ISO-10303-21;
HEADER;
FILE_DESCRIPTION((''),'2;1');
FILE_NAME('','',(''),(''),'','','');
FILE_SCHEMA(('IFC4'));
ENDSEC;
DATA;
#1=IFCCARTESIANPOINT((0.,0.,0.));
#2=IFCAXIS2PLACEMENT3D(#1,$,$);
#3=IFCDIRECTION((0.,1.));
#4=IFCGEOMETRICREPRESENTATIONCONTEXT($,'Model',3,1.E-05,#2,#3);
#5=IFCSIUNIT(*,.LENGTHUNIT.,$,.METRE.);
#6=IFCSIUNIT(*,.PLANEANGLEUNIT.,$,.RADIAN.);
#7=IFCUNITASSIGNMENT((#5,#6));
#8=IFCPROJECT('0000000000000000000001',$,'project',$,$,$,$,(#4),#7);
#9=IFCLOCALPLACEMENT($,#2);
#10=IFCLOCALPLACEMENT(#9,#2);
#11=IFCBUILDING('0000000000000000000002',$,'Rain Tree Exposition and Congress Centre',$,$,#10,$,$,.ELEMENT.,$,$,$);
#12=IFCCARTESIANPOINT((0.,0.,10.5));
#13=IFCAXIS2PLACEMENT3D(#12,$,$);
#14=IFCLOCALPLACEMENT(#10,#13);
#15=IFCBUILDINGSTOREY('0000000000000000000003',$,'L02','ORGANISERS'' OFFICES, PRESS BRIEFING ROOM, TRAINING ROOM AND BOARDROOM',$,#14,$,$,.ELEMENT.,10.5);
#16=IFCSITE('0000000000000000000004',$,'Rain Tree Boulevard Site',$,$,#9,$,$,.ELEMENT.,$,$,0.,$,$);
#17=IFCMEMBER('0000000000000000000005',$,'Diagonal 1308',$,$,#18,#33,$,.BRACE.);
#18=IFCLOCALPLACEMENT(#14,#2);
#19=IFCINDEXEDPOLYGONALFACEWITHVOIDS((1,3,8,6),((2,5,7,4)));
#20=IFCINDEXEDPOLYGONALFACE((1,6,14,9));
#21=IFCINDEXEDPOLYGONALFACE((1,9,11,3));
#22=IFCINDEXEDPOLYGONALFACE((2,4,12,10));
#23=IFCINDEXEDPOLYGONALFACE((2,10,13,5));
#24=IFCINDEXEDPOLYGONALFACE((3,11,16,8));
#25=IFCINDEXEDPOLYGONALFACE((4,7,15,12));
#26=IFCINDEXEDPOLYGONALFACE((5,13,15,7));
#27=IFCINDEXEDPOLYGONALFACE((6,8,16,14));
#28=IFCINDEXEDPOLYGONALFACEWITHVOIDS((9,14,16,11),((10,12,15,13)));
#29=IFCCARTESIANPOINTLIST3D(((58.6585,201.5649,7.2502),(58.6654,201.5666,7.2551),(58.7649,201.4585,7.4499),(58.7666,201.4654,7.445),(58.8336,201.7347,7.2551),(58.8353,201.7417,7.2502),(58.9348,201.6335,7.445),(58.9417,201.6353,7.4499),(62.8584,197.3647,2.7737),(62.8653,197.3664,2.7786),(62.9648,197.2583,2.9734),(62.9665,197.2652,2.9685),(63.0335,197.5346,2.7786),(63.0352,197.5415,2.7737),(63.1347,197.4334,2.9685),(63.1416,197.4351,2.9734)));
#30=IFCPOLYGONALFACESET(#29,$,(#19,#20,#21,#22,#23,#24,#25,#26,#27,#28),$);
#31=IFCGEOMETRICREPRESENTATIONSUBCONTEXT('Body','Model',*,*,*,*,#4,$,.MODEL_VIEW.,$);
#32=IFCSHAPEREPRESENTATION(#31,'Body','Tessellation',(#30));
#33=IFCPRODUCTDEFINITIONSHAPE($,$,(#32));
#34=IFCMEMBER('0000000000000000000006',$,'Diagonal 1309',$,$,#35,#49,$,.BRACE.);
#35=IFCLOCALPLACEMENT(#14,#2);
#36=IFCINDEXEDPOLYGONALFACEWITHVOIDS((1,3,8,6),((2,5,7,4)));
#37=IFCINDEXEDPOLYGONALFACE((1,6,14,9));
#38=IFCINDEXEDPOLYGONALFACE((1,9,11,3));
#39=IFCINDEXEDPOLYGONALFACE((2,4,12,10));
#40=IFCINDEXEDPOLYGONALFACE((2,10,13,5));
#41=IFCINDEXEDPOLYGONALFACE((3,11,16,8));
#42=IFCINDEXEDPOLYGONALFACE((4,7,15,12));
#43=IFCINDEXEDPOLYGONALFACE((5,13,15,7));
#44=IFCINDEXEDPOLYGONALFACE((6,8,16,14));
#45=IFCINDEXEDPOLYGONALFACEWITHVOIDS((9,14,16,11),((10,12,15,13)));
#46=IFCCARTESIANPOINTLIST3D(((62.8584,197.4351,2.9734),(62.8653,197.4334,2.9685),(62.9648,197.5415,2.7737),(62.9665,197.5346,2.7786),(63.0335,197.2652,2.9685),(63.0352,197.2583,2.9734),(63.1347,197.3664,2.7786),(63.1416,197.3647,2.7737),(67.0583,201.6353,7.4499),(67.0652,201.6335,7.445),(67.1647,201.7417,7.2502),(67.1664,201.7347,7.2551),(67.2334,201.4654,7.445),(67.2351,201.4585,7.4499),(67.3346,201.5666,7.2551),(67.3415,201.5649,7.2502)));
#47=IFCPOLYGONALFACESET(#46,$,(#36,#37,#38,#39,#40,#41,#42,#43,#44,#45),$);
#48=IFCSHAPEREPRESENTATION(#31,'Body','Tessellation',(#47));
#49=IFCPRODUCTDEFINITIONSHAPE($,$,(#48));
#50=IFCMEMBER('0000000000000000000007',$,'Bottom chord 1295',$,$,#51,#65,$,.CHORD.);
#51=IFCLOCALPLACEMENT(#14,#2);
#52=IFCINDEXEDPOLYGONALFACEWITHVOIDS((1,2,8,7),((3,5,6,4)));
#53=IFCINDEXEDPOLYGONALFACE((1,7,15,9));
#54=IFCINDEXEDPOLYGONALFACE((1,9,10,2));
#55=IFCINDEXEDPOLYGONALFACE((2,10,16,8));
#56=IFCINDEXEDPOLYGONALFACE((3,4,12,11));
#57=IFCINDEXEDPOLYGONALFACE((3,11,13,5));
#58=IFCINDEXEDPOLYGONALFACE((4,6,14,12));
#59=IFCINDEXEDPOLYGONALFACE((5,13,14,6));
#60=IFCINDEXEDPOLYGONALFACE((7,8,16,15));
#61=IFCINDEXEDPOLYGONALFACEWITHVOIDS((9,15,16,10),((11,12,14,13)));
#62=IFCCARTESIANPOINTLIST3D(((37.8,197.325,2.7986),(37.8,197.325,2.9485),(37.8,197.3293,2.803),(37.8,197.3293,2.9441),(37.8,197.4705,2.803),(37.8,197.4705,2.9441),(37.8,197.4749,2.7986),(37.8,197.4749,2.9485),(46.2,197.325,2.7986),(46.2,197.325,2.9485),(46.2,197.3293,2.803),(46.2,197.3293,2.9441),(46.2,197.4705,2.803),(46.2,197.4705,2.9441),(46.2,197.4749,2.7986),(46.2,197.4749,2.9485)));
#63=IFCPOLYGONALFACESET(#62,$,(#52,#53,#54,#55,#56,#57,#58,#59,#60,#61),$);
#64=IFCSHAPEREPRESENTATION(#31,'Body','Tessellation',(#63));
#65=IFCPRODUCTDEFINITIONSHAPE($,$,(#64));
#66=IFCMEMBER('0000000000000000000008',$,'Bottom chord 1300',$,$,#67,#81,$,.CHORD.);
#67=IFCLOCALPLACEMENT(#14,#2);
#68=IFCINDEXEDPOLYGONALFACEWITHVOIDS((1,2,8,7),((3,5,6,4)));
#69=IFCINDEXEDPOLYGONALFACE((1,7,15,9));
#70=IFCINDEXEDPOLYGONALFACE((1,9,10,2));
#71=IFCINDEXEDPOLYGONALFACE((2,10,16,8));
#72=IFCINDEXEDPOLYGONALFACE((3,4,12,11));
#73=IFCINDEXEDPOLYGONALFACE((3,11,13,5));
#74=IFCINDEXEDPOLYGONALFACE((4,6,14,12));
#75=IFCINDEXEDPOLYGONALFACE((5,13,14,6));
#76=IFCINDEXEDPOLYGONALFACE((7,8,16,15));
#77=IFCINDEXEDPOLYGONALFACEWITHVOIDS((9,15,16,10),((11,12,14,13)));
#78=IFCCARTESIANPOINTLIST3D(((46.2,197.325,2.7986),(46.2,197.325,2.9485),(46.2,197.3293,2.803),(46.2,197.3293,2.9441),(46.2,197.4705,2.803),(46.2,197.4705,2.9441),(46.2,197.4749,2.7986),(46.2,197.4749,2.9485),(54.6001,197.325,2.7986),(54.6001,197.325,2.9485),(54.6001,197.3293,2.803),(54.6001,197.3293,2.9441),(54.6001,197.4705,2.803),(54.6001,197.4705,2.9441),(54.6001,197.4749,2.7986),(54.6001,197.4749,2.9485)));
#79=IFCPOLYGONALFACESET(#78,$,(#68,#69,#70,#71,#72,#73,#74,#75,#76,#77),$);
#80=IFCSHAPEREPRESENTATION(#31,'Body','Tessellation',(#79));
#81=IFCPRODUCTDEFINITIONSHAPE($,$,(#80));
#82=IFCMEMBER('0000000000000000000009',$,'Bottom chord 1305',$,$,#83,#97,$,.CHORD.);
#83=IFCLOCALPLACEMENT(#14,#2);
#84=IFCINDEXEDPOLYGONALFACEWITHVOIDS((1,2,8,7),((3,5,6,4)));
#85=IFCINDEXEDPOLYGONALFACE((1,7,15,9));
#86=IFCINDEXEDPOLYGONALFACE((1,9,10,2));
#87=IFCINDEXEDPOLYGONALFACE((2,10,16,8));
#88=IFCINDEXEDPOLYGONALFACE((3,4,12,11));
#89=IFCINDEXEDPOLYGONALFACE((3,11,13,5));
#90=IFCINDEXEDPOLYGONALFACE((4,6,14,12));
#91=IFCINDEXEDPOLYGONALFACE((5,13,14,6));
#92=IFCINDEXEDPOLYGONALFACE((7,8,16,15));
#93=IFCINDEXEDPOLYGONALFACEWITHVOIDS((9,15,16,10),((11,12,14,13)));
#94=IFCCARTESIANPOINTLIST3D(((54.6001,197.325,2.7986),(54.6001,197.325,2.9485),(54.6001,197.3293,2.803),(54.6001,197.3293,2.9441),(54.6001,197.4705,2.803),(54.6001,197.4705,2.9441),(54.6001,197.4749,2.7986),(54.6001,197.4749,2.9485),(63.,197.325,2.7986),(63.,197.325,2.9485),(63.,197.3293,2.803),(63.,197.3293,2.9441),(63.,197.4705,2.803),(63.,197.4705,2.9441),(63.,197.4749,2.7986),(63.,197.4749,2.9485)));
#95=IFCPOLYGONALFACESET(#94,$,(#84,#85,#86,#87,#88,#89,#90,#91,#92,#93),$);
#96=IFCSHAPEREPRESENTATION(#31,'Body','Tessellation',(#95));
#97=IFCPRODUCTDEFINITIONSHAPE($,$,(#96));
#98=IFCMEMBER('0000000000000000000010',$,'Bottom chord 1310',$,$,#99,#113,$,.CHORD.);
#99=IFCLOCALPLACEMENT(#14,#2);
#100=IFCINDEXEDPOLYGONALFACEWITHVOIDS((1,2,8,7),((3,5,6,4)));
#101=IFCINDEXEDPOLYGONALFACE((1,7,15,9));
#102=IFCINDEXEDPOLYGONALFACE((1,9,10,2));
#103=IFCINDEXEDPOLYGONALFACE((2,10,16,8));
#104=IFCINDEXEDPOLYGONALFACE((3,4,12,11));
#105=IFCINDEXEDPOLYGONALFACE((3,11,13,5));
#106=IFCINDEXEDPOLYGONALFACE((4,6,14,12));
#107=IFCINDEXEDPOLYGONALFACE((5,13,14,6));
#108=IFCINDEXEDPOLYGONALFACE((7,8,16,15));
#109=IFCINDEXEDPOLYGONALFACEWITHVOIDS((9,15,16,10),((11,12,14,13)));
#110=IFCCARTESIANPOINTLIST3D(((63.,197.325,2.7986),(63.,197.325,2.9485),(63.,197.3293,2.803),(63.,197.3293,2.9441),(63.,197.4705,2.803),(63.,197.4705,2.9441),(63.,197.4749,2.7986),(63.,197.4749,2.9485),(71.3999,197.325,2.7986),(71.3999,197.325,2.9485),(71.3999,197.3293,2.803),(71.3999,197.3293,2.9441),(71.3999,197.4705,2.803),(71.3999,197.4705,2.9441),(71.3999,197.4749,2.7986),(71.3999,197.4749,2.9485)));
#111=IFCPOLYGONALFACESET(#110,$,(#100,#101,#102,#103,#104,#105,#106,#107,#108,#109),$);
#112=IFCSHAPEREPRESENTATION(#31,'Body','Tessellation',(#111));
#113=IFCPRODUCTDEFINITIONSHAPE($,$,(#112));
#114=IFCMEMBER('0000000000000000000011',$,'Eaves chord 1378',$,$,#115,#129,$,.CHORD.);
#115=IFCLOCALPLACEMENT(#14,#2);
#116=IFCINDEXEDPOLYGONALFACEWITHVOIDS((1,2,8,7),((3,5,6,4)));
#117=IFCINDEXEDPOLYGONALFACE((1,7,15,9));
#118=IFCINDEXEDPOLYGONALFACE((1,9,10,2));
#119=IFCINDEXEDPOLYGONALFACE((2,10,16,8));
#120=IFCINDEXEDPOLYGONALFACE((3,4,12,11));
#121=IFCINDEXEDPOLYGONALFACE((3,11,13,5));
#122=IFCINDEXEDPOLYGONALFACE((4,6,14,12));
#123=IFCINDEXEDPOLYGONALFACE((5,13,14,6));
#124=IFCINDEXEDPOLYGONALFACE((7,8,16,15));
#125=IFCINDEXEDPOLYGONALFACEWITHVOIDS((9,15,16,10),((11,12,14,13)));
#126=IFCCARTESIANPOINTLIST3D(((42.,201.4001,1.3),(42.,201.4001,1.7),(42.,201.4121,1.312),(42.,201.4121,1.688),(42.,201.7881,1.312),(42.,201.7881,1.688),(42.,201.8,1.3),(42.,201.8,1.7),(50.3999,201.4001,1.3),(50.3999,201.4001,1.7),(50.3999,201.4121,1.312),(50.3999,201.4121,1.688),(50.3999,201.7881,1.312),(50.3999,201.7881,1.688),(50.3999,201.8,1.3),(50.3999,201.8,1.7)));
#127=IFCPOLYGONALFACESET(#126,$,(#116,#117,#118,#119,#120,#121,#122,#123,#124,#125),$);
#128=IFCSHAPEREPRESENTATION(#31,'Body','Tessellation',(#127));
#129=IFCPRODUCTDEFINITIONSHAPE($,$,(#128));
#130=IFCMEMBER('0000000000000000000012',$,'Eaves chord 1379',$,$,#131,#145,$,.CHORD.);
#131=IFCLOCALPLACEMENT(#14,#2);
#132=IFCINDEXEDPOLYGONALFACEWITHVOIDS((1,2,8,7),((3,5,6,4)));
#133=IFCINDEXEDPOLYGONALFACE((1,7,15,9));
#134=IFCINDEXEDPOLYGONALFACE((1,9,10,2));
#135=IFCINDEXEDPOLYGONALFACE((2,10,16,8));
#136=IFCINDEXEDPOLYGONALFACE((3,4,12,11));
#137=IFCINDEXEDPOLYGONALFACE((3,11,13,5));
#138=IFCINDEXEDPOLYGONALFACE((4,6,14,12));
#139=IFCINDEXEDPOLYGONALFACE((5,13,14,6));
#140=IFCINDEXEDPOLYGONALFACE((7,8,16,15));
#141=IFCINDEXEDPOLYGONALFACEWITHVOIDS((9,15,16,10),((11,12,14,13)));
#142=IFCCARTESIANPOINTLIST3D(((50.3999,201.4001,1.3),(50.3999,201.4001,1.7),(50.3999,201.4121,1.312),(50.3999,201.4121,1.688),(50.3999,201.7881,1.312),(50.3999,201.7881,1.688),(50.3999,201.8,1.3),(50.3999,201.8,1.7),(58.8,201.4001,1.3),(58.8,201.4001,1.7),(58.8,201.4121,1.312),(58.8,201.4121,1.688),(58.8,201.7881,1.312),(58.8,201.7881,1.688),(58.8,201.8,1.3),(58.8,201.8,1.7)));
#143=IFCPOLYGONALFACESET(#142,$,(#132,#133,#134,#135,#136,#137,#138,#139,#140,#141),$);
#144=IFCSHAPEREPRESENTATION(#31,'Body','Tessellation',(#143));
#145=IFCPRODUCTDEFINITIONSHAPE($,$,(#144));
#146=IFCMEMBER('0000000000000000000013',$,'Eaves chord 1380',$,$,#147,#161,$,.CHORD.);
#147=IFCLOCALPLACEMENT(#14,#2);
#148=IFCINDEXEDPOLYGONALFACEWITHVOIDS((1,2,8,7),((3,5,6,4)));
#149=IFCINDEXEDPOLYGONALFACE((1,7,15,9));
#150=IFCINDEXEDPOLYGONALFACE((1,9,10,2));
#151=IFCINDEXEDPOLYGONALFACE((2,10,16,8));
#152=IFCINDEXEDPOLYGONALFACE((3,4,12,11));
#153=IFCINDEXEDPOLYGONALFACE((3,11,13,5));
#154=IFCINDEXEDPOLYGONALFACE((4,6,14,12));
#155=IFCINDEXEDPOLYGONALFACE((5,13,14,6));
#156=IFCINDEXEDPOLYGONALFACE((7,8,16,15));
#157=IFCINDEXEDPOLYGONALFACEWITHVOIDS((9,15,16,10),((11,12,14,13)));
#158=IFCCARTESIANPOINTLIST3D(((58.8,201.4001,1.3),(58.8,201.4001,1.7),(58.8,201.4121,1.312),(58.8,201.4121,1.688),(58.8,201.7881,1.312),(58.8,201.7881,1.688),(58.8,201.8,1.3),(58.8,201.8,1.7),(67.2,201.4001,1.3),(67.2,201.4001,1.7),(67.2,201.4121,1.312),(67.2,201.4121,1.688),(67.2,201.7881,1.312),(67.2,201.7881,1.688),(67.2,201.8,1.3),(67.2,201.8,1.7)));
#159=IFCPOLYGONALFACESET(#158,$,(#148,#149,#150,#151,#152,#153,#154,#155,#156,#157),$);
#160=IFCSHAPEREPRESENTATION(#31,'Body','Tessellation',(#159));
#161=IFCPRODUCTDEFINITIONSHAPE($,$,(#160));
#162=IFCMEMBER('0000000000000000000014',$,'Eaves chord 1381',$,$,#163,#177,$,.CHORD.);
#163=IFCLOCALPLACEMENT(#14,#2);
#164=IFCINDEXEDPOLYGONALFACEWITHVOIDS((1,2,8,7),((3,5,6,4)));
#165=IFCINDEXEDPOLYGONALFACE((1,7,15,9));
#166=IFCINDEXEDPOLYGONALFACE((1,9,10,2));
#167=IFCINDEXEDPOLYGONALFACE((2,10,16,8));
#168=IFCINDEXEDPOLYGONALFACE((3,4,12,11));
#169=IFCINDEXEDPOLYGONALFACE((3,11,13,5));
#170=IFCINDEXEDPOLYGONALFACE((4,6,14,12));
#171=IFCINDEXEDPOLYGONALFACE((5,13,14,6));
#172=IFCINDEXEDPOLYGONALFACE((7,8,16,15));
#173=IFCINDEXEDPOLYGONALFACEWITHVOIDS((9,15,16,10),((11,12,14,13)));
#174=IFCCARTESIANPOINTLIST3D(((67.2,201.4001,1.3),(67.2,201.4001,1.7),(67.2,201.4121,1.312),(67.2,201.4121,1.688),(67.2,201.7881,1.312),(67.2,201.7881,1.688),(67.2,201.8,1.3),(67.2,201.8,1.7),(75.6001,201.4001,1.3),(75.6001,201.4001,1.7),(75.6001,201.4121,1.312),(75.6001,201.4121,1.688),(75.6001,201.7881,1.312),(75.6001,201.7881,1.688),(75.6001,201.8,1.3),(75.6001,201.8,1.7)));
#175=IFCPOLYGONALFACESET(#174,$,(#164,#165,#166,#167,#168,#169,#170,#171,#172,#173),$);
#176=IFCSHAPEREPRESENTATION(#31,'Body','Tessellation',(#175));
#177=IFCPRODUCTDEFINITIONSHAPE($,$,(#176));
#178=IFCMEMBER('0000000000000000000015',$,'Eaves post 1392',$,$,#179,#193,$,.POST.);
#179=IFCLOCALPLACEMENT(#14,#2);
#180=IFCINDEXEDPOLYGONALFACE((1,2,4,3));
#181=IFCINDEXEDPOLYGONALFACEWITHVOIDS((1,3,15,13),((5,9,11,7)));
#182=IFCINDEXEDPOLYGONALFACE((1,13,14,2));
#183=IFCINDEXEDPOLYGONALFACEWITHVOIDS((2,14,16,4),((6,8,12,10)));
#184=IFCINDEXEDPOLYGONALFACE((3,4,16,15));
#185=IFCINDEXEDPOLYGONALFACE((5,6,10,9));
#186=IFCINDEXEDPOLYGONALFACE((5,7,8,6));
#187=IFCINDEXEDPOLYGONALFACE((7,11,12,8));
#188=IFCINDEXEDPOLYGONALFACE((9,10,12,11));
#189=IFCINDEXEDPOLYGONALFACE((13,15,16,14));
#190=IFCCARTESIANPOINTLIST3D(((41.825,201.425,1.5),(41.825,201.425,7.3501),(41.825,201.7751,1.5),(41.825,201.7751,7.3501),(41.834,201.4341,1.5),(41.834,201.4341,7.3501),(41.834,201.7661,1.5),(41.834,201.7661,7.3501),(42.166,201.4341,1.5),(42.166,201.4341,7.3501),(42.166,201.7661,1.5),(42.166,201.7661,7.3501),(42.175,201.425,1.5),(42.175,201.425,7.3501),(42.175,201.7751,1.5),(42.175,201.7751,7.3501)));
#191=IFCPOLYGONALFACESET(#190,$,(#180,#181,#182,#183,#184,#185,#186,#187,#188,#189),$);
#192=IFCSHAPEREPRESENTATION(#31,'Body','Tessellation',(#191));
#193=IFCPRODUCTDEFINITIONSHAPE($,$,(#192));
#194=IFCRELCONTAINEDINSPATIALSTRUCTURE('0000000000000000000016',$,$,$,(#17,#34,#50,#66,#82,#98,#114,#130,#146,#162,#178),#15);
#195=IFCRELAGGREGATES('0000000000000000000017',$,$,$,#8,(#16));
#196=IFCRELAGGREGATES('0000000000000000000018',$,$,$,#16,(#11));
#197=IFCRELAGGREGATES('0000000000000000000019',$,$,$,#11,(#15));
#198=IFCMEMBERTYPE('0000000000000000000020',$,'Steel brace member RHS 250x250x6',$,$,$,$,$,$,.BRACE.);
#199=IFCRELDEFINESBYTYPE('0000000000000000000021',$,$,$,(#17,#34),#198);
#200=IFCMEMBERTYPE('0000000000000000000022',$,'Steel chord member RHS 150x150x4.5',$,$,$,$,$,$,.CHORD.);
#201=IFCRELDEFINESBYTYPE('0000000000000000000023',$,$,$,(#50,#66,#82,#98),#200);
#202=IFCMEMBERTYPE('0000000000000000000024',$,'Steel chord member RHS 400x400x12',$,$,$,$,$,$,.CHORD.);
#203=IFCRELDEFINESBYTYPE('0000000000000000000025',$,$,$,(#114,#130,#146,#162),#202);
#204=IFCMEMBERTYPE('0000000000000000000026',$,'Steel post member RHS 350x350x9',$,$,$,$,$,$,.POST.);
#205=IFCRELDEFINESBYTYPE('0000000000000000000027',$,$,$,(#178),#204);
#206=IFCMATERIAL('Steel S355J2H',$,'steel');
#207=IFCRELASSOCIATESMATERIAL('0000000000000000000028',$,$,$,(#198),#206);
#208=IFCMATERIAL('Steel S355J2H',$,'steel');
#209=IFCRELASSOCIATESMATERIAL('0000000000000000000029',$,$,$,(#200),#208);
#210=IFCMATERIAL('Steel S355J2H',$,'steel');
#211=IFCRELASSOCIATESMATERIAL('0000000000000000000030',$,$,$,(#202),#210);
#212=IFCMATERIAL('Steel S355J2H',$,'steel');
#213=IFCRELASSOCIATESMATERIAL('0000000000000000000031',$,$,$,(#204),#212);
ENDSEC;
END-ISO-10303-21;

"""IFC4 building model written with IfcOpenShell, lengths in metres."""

from ifc_helpers import new_model, si_unit, direction, frame, origin, origin_2d, place, context, subcontext, project, spatial, hollow_rectangle, extrude, material, material_profile, profile_set, type_object, element, save


model = new_model("IFC4")

# Units and contexts
model_context = context("Model", 3, precision=1e-05, world=origin(), true_north=direction((0.0, 1.0)))
body_context = subcontext(model_context, "Body", "Model", "MODEL_VIEW")
ifc_project = project(units=[si_unit("LENGTHUNIT", "METRE"), si_unit("PLANEANGLEUNIT", "RADIAN")], contexts=[model_context])

# Site, building, storey
site_placement = place(None, origin())
site = spatial("IfcSite", under=ifc_project, at=site_placement, Name="Rain Tree Boulevard Site", CompositionType="ELEMENT", RefElevation=0.0)
building_placement = place(site_placement, origin())
building = spatial("IfcBuilding", under=site, at=building_placement, Name="Rain Tree Exposition and Congress Centre", CompositionType="ELEMENT")
storey_placement = place(building_placement, frame((0.0, 0.0, 10.5)))
storey = spatial("IfcBuildingStorey", under=building, at=storey_placement, Name="L02", Description="ORGANISERS' OFFICES, PRESS BRIEFING ROOM, TRAINING ROOM AND BOARDROOM", CompositionType="ELEMENT", Elevation=10.5)

# Members
ifc_material_1 = material(Name="Steel S355J2H", Category="steel")
ifc_material_profile_1 = material_profile(ifc_material_1, hollow_rectangle(XDim=0.25, YDim=0.25, WallThickness=0.0061, at=origin_2d()), Name="RHS 250x250x6")
ifc_profile_set_1 = profile_set([ifc_material_profile_1], Name="Steel S355J2H")
member_type_1 = type_object("IfcMemberType", Name="Steel brace member RHS 250x250x6", PredefinedType="BRACE", material=ifc_profile_set_1)
for number, where, z_axis, x_axis, name in (
    (1, (63.0, 197.3999, 2.8735), (-0.564677, 0.564709, 0.601867), (-0.707127, -0.707086, 0.0), "Diagonal 1308"),
    (2, (63.0, 197.3999, 2.8735), (0.564677, 0.564709, 0.601867), (-0.707127, 0.707086, 0.0), "Diagonal 1309"),
):
    element("IfcMember", number, at=place(storey_placement, frame(where, z_axis=z_axis, x_axis=x_axis)), inside=storey, type_object=member_type_1, Name=name, PredefinedType="BRACE", context=body_context, shape_type="SweptSolid", body=[
        extrude(hollow_rectangle(XDim=0.25, YDim=0.25, WallThickness=0.0061, at=origin_2d()), origin(), (0.0, 0.0, 1.0), 7.4377),
    ])
ifc_material_2 = material(Name="Steel S355J2H", Category="steel")
ifc_material_profile_2 = material_profile(ifc_material_2, hollow_rectangle(XDim=0.1499, YDim=0.1499, WallThickness=0.0044, at=origin_2d()), Name="RHS 150x150x4.5")
ifc_profile_set_2 = profile_set([ifc_material_profile_2], Name="Steel S355J2H")
member_type_2 = type_object("IfcMemberType", Name="Steel chord member RHS 150x150x4.5", PredefinedType="CHORD", material=ifc_profile_set_2)
member_1_placement = place(storey_placement, frame((37.8, 197.3999, 2.8735), z_axis=(1.0, 0.0, 0.0), x_axis=(0.0, 1.0, 0.0)))
element("IfcMember", 3, at=member_1_placement, inside=storey, type_object=member_type_2, Name="Bottom chord 1295", PredefinedType="CHORD", context=body_context, shape_type="SweptSolid", body=[
    extrude(hollow_rectangle(XDim=0.1499, YDim=0.1499, WallThickness=0.0044, at=origin_2d()), origin(), (0.0, 0.0, 1.0), 8.3999),
])
member_2_placement = place(storey_placement, frame((46.2, 197.3999, 2.8735), z_axis=(1.0, 0.0, 0.0), x_axis=(0.0, 1.0, 0.0)))
element("IfcMember", 4, at=member_2_placement, inside=storey, type_object=member_type_2, Name="Bottom chord 1300", PredefinedType="CHORD", context=body_context, shape_type="SweptSolid", body=[
    extrude(hollow_rectangle(XDim=0.1499, YDim=0.1499, WallThickness=0.0044, at=origin_2d()), origin(), (0.0, 0.0, 1.0), 8.4001),
])
for number, where, z_axis, x_axis, name in (
    (5, (54.6001, 197.3999, 2.8735), (1.0, 0.0, 0.0), (0.0, 1.0, 0.0), "Bottom chord 1305"),
    (6, (63.0, 197.3999, 2.8735), (1.0, 0.0, 0.0), (0.0, 1.0, 0.0), "Bottom chord 1310"),
):
    element("IfcMember", number, at=place(storey_placement, frame(where, z_axis=z_axis, x_axis=x_axis)), inside=storey, type_object=member_type_2, Name=name, PredefinedType="CHORD", context=body_context, shape_type="SweptSolid", body=[
        extrude(hollow_rectangle(XDim=0.1499, YDim=0.1499, WallThickness=0.0044, at=origin_2d()), origin(), (0.0, 0.0, 1.0), 8.3999),
    ])
ifc_material_3 = material(Name="Steel S355J2H", Category="steel")
ifc_material_profile_3 = material_profile(ifc_material_3, hollow_rectangle(XDim=0.3999, YDim=0.3999, WallThickness=0.012, at=origin_2d()), Name="RHS 400x400x12")
ifc_profile_set_3 = profile_set([ifc_material_profile_3], Name="Steel S355J2H")
member_type_3 = type_object("IfcMemberType", Name="Steel chord member RHS 400x400x12", PredefinedType="CHORD", material=ifc_profile_set_3)
member_3_placement = place(storey_placement, frame((42.0, 201.6001, 1.5), z_axis=(1.0, 0.0, 0.0), x_axis=(0.0, 1.0, 0.0)))
element("IfcMember", 7, at=member_3_placement, inside=storey, type_object=member_type_3, Name="Eaves chord 1378", PredefinedType="CHORD", context=body_context, shape_type="SweptSolid", body=[
    extrude(hollow_rectangle(XDim=0.3999, YDim=0.3999, WallThickness=0.012, at=origin_2d()), origin(), (0.0, 0.0, 1.0), 8.3999),
])
member_4_placement = place(storey_placement, frame((50.3999, 201.6001, 1.5), z_axis=(1.0, 0.0, 0.0), x_axis=(0.0, 1.0, 0.0)))
element("IfcMember", 8, at=member_4_placement, inside=storey, type_object=member_type_3, Name="Eaves chord 1379", PredefinedType="CHORD", context=body_context, shape_type="SweptSolid", body=[
    extrude(hollow_rectangle(XDim=0.3999, YDim=0.3999, WallThickness=0.012, at=origin_2d()), origin(), (0.0, 0.0, 1.0), 8.4001),
])
member_5_placement = place(storey_placement, frame((58.8, 201.6001, 1.5), z_axis=(1.0, 0.0, 0.0), x_axis=(0.0, 1.0, 0.0)))
element("IfcMember", 9, at=member_5_placement, inside=storey, type_object=member_type_3, Name="Eaves chord 1380", PredefinedType="CHORD", context=body_context, shape_type="SweptSolid", body=[
    extrude(hollow_rectangle(XDim=0.3999, YDim=0.3999, WallThickness=0.012, at=origin_2d()), origin(), (0.0, 0.0, 1.0), 8.3999),
])
member_6_placement = place(storey_placement, frame((67.2, 201.6001, 1.5), z_axis=(1.0, 0.0, 0.0), x_axis=(0.0, 1.0, 0.0)))
element("IfcMember", 10, at=member_6_placement, inside=storey, type_object=member_type_3, Name="Eaves chord 1381", PredefinedType="CHORD", context=body_context, shape_type="SweptSolid", body=[
    extrude(hollow_rectangle(XDim=0.3999, YDim=0.3999, WallThickness=0.012, at=origin_2d()), origin(), (0.0, 0.0, 1.0), 8.4001),
])
ifc_material_4 = material(Name="Steel S355J2H", Category="steel")
ifc_material_profile_4 = material_profile(ifc_material_4, hollow_rectangle(XDim=0.3501, YDim=0.3501, WallThickness=0.009, at=origin_2d()), Name="RHS 350x350x9")
ifc_profile_set_4 = profile_set([ifc_material_profile_4], Name="Steel S355J2H")
member_type_4 = type_object("IfcMemberType", Name="Steel post member RHS 350x350x9", PredefinedType="POST", material=ifc_profile_set_4)
for number, where, z_axis, x_axis, name in (
    (11, (42.0, 201.6001, 1.5), (0.0, 0.0, 1.0), (1.0, 0.0, 0.0), "Eaves post 1392"),
):
    element("IfcMember", number, at=place(storey_placement, frame(where, z_axis=z_axis, x_axis=x_axis)), inside=storey, type_object=member_type_4, Name=name, PredefinedType="POST", context=body_context, shape_type="SweptSolid", body=[
        extrude(hollow_rectangle(XDim=0.3501, YDim=0.3501, WallThickness=0.009, at=origin_2d()), origin(), (0.0, 0.0, 1.0), 5.8501),
    ])

save(model, "model.ifc")
